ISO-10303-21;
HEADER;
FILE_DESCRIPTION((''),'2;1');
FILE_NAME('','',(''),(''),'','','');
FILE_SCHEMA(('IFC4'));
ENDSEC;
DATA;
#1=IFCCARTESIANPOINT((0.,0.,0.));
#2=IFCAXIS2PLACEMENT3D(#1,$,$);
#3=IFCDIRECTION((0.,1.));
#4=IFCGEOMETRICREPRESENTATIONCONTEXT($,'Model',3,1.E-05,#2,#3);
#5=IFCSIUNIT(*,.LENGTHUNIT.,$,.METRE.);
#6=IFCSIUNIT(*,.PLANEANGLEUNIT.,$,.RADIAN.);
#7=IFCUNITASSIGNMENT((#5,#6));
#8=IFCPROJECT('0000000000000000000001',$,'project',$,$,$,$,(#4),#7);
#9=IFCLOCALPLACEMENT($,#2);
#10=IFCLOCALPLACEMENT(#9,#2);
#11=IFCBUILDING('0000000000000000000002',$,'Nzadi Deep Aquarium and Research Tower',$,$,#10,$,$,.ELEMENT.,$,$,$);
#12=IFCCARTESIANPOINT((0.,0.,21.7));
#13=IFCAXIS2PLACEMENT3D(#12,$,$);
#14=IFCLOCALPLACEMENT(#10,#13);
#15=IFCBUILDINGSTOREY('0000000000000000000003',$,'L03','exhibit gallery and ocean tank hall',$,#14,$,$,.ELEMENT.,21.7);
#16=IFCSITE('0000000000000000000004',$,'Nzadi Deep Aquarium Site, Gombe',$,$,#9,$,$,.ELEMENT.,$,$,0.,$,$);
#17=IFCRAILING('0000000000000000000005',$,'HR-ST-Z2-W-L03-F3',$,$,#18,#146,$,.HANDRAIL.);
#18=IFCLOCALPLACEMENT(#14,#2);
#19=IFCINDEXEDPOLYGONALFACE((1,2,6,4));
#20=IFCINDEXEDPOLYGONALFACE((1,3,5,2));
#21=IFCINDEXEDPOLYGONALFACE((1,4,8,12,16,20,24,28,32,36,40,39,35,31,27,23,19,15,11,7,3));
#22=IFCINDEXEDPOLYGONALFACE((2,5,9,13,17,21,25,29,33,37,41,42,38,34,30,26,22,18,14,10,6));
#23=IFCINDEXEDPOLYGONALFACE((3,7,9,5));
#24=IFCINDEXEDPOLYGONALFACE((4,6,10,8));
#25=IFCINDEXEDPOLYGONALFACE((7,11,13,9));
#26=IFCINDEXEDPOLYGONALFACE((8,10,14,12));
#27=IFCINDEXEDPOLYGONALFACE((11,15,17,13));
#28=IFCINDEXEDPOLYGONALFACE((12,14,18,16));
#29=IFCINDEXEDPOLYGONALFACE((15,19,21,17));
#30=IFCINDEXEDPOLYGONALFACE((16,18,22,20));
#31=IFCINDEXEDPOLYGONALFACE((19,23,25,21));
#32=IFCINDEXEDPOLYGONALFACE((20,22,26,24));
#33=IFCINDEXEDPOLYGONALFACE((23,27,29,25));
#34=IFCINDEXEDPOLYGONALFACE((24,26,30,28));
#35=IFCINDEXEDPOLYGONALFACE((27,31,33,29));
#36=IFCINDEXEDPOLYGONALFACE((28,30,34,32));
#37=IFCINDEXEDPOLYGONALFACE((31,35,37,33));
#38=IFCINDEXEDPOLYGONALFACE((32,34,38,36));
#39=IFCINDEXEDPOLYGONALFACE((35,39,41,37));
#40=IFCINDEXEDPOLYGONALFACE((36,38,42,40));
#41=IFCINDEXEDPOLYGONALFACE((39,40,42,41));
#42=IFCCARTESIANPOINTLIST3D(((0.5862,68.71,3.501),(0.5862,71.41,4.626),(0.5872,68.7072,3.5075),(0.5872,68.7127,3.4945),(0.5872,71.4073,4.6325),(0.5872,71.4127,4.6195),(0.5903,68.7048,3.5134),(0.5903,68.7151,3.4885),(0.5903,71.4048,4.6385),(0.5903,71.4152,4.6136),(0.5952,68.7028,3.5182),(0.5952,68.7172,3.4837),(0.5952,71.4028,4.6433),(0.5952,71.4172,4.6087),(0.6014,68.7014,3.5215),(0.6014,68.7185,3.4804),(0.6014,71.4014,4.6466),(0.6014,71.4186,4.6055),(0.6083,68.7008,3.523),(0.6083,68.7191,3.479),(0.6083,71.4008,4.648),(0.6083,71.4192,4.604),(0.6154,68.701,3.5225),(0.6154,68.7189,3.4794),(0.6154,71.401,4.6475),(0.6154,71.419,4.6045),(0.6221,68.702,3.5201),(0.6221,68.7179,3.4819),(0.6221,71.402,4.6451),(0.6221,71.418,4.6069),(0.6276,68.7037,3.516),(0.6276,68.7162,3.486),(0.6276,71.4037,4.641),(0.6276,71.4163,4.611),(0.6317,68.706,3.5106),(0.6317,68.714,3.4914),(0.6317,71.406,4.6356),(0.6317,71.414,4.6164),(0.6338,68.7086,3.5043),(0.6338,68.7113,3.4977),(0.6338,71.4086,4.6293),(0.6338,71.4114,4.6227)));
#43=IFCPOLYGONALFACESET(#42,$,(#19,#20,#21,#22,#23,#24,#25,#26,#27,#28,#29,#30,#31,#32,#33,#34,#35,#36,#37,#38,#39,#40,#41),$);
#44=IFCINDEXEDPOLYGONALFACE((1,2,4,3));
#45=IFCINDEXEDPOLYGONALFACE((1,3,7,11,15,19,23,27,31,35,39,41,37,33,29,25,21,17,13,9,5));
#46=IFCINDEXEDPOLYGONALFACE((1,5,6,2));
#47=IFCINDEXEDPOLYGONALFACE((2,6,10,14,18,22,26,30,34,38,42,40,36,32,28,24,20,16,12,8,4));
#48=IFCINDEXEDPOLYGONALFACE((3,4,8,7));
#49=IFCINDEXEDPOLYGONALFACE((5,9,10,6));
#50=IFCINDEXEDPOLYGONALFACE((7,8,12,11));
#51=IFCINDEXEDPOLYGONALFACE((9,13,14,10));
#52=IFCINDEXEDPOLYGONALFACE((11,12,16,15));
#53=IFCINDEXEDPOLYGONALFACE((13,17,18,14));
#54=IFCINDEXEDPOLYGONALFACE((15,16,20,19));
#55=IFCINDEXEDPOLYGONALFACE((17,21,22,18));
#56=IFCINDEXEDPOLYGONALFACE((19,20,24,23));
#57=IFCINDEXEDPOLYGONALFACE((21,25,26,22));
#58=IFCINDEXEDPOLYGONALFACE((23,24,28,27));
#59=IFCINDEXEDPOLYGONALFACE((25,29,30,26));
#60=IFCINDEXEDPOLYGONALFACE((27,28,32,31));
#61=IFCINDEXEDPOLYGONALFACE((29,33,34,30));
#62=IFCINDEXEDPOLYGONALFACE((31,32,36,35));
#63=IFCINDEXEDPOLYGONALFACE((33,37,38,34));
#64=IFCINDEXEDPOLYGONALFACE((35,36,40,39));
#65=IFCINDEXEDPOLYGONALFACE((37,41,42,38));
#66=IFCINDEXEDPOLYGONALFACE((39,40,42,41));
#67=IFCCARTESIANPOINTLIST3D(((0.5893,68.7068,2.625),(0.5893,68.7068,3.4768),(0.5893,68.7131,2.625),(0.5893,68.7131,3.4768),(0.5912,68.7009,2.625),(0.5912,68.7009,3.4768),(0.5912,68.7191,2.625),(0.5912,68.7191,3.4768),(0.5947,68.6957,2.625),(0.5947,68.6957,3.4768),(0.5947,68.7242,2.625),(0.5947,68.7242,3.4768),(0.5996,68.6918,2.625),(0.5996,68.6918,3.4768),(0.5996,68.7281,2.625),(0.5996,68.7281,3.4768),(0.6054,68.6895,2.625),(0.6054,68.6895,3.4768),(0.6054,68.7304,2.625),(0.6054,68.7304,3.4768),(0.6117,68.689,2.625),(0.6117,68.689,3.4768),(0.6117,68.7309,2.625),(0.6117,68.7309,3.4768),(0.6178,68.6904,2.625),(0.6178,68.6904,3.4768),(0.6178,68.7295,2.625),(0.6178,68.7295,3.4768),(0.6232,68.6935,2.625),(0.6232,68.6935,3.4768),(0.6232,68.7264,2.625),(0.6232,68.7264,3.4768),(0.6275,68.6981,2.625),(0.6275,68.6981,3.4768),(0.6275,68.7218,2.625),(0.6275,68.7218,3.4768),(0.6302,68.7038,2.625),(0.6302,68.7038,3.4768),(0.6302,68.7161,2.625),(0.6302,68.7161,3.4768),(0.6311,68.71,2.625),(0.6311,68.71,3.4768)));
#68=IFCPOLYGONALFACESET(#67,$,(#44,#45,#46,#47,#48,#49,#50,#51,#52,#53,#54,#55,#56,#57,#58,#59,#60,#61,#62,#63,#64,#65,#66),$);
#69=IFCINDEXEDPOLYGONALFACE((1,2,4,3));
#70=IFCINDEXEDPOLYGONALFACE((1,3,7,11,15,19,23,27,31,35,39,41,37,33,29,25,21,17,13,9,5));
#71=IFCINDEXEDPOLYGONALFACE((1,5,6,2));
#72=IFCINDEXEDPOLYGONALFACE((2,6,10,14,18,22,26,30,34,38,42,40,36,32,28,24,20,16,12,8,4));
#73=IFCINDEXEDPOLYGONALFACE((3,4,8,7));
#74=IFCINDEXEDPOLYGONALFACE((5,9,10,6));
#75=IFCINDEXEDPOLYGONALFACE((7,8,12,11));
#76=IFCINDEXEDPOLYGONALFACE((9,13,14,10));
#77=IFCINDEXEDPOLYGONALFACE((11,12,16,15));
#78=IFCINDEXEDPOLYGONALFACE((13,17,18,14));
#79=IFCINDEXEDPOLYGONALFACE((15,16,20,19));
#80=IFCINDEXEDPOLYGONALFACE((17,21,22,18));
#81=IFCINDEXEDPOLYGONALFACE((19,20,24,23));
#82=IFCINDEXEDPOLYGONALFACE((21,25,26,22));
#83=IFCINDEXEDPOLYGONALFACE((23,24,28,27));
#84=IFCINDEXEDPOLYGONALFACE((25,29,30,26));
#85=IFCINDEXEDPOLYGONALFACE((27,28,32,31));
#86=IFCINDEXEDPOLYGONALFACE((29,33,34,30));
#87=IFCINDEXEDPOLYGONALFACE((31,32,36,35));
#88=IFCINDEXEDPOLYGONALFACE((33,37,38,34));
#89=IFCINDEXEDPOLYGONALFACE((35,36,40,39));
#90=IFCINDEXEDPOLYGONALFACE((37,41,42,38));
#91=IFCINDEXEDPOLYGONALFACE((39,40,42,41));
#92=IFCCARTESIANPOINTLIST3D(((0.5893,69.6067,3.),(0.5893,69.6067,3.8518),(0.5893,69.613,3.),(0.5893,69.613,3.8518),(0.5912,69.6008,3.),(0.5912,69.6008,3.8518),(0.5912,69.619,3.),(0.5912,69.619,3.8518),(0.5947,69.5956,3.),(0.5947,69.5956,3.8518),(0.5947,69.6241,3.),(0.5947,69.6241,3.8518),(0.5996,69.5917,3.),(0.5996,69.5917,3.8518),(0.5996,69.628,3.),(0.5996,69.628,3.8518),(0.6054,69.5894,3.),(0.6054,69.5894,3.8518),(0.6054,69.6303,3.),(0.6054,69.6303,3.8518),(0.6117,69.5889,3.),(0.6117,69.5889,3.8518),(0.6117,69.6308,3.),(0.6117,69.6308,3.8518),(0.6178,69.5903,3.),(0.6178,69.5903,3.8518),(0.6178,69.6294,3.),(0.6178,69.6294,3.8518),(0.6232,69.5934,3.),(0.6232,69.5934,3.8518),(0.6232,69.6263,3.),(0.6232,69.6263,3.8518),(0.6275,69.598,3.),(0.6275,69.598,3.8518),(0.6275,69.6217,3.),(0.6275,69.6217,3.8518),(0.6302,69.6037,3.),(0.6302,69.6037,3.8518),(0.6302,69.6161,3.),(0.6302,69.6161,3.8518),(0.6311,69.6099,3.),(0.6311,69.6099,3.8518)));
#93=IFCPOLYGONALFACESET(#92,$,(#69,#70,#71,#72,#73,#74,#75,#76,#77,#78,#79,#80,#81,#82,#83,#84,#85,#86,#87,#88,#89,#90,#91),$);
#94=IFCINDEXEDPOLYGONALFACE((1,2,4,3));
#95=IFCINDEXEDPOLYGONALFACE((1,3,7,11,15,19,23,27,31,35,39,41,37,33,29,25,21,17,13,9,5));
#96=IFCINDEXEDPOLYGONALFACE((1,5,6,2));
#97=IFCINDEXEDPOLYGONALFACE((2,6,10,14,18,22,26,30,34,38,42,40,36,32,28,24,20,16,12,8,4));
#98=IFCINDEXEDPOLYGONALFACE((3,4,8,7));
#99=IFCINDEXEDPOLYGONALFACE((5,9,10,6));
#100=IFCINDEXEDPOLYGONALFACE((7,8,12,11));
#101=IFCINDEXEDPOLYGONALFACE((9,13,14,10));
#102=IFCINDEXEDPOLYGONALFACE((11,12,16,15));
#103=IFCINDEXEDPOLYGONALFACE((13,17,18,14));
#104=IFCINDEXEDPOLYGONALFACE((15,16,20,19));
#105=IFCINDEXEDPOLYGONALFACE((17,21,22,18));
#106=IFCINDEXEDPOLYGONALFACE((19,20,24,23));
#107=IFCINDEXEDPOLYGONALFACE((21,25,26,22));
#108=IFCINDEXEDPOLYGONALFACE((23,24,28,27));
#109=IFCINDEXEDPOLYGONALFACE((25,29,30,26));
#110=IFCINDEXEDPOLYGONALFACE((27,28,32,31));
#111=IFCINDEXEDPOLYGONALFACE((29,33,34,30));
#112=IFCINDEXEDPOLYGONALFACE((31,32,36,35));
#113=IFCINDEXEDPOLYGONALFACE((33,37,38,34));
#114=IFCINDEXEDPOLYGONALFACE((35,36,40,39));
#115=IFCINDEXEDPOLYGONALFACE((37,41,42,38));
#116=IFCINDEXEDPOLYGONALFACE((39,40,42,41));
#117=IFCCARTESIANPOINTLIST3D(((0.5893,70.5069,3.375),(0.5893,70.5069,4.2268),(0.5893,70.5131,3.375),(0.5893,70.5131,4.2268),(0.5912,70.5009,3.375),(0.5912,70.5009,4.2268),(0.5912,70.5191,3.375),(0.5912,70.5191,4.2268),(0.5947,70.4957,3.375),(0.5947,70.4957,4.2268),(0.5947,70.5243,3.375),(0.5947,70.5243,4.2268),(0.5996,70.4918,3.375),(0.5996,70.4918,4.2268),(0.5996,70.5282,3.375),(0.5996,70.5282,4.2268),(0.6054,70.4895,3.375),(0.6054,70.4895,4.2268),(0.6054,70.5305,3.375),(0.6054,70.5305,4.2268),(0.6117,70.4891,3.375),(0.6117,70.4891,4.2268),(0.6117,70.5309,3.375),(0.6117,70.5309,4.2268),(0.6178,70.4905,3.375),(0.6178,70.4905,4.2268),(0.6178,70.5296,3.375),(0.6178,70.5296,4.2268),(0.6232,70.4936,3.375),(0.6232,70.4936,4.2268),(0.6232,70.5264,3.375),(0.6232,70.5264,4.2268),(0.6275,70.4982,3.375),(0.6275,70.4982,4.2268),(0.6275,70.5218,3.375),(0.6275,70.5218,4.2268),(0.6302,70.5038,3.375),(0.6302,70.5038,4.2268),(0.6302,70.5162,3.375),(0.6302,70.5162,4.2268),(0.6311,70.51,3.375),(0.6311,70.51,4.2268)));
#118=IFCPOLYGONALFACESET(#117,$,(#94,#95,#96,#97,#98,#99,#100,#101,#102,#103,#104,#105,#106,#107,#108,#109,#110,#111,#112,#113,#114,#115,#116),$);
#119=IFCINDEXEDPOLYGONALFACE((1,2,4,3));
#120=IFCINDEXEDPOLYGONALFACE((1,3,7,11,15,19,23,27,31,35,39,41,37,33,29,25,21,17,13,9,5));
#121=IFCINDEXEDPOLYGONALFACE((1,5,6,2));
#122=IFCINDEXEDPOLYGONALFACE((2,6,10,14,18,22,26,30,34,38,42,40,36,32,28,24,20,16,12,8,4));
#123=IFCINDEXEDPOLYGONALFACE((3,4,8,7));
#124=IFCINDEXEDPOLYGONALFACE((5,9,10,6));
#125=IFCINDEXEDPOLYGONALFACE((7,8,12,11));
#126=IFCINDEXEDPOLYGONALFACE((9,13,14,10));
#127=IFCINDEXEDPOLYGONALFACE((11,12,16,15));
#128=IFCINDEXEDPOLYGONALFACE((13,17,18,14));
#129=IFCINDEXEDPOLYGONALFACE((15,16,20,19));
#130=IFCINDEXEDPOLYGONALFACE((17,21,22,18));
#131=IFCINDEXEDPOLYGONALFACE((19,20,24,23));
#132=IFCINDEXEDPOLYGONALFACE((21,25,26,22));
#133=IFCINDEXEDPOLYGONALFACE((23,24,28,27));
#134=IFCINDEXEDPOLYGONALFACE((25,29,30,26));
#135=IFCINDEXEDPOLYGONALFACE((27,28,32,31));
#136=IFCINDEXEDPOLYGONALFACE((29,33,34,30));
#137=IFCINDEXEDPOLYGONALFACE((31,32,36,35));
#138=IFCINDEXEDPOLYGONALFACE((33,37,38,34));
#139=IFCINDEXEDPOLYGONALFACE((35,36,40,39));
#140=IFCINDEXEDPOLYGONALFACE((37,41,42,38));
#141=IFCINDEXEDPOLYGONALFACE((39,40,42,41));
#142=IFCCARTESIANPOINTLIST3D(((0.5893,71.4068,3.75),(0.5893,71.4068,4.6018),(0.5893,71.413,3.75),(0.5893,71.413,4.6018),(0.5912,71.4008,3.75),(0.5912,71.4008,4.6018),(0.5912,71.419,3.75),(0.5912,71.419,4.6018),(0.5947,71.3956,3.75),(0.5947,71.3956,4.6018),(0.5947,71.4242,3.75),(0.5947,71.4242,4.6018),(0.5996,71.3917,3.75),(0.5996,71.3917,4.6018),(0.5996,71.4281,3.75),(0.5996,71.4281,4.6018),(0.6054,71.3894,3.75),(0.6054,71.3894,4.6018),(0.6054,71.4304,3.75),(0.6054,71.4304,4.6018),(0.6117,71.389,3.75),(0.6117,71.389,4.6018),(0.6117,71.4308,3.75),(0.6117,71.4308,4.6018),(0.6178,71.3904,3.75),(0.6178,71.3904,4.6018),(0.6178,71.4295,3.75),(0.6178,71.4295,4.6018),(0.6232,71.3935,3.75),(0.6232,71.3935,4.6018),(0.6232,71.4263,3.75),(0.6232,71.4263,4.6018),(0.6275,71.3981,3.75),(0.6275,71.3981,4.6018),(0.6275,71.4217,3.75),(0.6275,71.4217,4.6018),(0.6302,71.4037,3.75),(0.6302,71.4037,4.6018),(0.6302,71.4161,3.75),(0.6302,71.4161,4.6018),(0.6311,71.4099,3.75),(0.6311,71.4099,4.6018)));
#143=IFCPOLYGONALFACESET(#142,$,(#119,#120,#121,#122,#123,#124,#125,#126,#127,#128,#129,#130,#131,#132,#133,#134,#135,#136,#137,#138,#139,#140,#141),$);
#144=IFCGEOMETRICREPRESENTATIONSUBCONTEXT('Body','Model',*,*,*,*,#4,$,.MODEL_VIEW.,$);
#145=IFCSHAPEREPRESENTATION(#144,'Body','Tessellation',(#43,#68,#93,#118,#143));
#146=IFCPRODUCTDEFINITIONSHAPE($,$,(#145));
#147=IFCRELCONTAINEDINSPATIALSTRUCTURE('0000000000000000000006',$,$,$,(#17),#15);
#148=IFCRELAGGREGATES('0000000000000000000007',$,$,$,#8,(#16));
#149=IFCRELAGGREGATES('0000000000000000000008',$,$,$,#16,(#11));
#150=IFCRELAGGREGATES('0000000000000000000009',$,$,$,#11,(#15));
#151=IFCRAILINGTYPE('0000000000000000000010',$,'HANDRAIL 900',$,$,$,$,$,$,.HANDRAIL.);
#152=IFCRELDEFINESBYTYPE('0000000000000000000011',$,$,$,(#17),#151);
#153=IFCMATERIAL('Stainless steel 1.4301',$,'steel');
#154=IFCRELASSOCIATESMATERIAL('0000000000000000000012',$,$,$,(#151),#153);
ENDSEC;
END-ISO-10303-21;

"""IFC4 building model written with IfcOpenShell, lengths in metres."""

from ifc_helpers import new_model, si_unit, direction, frame, origin, origin_2d, place, context, subcontext, project, spatial, circle, extrude, material, type_object, element, save


model = new_model("IFC4")

# Units and contexts
model_context = context("Model", 3, precision=1e-05, world=origin(), true_north=direction((0.0, 1.0)))
body_context = subcontext(model_context, "Body", "Model", "MODEL_VIEW")
ifc_project = project(units=[si_unit("LENGTHUNIT", "METRE"), si_unit("PLANEANGLEUNIT", "RADIAN")], contexts=[model_context])

# Site, building, storey
site_placement = place(None, origin())
site = spatial("IfcSite", under=ifc_project, at=site_placement, Name="Nzadi Deep Aquarium Site, Gombe", CompositionType="ELEMENT", RefElevation=0.0)
building_placement = place(site_placement, origin())
building = spatial("IfcBuilding", under=site, at=building_placement, Name="Nzadi Deep Aquarium and Research Tower", CompositionType="ELEMENT")
storey_placement = place(building_placement, frame((0.0, 0.0, 21.7)))
storey = spatial("IfcBuildingStorey", under=building, at=storey_placement, Name="L03", Description="exhibit gallery and ocean tank hall", CompositionType="ELEMENT", Elevation=21.7)

# Railing
ifc_material_1 = material(Name="Stainless steel 1.4301", Category="steel")
railing_type = type_object("IfcRailingType", Name="HANDRAIL 900", PredefinedType="HANDRAIL", material=ifc_material_1)
for number, where, name in (
    (1, (0.6101, 68.71, 2.625), "HR-ST-Z2-W-L03-F3"),
):
    element("IfcRailing", number, at=place(storey_placement, frame(where)), inside=storey, type_object=railing_type, Name=name, PredefinedType="HANDRAIL", context=body_context, shape_type="SweptSolid", body=[
        extrude(circle(Radius=0.0239, at=origin_2d()), frame((0.0, 0.0, 0.876), z_axis=(0.0, 0.923074, 0.384621), x_axis=(-1.0, 0.0, 0.0)), (0.0, 0.0, 1.0), 2.925),
        extrude(circle(Radius=0.021, at=origin_2d()), origin(), (0.0, 0.0, 1.0), 0.8518),
        extrude(circle(Radius=0.021, at=origin_2d()), frame((0.0, 0.8999, 0.375)), (0.0, 0.0, 1.0), 0.8518),
        extrude(circle(Radius=0.021, at=origin_2d()), frame((0.0, 1.8, 0.75)), (0.0, 0.0, 1.0), 0.8518),
        extrude(circle(Radius=0.021, at=origin_2d()), frame((0.0, 2.7, 1.125)), (0.0, 0.0, 1.0), 0.8518),
    ])

save(model, "model.ifc")
